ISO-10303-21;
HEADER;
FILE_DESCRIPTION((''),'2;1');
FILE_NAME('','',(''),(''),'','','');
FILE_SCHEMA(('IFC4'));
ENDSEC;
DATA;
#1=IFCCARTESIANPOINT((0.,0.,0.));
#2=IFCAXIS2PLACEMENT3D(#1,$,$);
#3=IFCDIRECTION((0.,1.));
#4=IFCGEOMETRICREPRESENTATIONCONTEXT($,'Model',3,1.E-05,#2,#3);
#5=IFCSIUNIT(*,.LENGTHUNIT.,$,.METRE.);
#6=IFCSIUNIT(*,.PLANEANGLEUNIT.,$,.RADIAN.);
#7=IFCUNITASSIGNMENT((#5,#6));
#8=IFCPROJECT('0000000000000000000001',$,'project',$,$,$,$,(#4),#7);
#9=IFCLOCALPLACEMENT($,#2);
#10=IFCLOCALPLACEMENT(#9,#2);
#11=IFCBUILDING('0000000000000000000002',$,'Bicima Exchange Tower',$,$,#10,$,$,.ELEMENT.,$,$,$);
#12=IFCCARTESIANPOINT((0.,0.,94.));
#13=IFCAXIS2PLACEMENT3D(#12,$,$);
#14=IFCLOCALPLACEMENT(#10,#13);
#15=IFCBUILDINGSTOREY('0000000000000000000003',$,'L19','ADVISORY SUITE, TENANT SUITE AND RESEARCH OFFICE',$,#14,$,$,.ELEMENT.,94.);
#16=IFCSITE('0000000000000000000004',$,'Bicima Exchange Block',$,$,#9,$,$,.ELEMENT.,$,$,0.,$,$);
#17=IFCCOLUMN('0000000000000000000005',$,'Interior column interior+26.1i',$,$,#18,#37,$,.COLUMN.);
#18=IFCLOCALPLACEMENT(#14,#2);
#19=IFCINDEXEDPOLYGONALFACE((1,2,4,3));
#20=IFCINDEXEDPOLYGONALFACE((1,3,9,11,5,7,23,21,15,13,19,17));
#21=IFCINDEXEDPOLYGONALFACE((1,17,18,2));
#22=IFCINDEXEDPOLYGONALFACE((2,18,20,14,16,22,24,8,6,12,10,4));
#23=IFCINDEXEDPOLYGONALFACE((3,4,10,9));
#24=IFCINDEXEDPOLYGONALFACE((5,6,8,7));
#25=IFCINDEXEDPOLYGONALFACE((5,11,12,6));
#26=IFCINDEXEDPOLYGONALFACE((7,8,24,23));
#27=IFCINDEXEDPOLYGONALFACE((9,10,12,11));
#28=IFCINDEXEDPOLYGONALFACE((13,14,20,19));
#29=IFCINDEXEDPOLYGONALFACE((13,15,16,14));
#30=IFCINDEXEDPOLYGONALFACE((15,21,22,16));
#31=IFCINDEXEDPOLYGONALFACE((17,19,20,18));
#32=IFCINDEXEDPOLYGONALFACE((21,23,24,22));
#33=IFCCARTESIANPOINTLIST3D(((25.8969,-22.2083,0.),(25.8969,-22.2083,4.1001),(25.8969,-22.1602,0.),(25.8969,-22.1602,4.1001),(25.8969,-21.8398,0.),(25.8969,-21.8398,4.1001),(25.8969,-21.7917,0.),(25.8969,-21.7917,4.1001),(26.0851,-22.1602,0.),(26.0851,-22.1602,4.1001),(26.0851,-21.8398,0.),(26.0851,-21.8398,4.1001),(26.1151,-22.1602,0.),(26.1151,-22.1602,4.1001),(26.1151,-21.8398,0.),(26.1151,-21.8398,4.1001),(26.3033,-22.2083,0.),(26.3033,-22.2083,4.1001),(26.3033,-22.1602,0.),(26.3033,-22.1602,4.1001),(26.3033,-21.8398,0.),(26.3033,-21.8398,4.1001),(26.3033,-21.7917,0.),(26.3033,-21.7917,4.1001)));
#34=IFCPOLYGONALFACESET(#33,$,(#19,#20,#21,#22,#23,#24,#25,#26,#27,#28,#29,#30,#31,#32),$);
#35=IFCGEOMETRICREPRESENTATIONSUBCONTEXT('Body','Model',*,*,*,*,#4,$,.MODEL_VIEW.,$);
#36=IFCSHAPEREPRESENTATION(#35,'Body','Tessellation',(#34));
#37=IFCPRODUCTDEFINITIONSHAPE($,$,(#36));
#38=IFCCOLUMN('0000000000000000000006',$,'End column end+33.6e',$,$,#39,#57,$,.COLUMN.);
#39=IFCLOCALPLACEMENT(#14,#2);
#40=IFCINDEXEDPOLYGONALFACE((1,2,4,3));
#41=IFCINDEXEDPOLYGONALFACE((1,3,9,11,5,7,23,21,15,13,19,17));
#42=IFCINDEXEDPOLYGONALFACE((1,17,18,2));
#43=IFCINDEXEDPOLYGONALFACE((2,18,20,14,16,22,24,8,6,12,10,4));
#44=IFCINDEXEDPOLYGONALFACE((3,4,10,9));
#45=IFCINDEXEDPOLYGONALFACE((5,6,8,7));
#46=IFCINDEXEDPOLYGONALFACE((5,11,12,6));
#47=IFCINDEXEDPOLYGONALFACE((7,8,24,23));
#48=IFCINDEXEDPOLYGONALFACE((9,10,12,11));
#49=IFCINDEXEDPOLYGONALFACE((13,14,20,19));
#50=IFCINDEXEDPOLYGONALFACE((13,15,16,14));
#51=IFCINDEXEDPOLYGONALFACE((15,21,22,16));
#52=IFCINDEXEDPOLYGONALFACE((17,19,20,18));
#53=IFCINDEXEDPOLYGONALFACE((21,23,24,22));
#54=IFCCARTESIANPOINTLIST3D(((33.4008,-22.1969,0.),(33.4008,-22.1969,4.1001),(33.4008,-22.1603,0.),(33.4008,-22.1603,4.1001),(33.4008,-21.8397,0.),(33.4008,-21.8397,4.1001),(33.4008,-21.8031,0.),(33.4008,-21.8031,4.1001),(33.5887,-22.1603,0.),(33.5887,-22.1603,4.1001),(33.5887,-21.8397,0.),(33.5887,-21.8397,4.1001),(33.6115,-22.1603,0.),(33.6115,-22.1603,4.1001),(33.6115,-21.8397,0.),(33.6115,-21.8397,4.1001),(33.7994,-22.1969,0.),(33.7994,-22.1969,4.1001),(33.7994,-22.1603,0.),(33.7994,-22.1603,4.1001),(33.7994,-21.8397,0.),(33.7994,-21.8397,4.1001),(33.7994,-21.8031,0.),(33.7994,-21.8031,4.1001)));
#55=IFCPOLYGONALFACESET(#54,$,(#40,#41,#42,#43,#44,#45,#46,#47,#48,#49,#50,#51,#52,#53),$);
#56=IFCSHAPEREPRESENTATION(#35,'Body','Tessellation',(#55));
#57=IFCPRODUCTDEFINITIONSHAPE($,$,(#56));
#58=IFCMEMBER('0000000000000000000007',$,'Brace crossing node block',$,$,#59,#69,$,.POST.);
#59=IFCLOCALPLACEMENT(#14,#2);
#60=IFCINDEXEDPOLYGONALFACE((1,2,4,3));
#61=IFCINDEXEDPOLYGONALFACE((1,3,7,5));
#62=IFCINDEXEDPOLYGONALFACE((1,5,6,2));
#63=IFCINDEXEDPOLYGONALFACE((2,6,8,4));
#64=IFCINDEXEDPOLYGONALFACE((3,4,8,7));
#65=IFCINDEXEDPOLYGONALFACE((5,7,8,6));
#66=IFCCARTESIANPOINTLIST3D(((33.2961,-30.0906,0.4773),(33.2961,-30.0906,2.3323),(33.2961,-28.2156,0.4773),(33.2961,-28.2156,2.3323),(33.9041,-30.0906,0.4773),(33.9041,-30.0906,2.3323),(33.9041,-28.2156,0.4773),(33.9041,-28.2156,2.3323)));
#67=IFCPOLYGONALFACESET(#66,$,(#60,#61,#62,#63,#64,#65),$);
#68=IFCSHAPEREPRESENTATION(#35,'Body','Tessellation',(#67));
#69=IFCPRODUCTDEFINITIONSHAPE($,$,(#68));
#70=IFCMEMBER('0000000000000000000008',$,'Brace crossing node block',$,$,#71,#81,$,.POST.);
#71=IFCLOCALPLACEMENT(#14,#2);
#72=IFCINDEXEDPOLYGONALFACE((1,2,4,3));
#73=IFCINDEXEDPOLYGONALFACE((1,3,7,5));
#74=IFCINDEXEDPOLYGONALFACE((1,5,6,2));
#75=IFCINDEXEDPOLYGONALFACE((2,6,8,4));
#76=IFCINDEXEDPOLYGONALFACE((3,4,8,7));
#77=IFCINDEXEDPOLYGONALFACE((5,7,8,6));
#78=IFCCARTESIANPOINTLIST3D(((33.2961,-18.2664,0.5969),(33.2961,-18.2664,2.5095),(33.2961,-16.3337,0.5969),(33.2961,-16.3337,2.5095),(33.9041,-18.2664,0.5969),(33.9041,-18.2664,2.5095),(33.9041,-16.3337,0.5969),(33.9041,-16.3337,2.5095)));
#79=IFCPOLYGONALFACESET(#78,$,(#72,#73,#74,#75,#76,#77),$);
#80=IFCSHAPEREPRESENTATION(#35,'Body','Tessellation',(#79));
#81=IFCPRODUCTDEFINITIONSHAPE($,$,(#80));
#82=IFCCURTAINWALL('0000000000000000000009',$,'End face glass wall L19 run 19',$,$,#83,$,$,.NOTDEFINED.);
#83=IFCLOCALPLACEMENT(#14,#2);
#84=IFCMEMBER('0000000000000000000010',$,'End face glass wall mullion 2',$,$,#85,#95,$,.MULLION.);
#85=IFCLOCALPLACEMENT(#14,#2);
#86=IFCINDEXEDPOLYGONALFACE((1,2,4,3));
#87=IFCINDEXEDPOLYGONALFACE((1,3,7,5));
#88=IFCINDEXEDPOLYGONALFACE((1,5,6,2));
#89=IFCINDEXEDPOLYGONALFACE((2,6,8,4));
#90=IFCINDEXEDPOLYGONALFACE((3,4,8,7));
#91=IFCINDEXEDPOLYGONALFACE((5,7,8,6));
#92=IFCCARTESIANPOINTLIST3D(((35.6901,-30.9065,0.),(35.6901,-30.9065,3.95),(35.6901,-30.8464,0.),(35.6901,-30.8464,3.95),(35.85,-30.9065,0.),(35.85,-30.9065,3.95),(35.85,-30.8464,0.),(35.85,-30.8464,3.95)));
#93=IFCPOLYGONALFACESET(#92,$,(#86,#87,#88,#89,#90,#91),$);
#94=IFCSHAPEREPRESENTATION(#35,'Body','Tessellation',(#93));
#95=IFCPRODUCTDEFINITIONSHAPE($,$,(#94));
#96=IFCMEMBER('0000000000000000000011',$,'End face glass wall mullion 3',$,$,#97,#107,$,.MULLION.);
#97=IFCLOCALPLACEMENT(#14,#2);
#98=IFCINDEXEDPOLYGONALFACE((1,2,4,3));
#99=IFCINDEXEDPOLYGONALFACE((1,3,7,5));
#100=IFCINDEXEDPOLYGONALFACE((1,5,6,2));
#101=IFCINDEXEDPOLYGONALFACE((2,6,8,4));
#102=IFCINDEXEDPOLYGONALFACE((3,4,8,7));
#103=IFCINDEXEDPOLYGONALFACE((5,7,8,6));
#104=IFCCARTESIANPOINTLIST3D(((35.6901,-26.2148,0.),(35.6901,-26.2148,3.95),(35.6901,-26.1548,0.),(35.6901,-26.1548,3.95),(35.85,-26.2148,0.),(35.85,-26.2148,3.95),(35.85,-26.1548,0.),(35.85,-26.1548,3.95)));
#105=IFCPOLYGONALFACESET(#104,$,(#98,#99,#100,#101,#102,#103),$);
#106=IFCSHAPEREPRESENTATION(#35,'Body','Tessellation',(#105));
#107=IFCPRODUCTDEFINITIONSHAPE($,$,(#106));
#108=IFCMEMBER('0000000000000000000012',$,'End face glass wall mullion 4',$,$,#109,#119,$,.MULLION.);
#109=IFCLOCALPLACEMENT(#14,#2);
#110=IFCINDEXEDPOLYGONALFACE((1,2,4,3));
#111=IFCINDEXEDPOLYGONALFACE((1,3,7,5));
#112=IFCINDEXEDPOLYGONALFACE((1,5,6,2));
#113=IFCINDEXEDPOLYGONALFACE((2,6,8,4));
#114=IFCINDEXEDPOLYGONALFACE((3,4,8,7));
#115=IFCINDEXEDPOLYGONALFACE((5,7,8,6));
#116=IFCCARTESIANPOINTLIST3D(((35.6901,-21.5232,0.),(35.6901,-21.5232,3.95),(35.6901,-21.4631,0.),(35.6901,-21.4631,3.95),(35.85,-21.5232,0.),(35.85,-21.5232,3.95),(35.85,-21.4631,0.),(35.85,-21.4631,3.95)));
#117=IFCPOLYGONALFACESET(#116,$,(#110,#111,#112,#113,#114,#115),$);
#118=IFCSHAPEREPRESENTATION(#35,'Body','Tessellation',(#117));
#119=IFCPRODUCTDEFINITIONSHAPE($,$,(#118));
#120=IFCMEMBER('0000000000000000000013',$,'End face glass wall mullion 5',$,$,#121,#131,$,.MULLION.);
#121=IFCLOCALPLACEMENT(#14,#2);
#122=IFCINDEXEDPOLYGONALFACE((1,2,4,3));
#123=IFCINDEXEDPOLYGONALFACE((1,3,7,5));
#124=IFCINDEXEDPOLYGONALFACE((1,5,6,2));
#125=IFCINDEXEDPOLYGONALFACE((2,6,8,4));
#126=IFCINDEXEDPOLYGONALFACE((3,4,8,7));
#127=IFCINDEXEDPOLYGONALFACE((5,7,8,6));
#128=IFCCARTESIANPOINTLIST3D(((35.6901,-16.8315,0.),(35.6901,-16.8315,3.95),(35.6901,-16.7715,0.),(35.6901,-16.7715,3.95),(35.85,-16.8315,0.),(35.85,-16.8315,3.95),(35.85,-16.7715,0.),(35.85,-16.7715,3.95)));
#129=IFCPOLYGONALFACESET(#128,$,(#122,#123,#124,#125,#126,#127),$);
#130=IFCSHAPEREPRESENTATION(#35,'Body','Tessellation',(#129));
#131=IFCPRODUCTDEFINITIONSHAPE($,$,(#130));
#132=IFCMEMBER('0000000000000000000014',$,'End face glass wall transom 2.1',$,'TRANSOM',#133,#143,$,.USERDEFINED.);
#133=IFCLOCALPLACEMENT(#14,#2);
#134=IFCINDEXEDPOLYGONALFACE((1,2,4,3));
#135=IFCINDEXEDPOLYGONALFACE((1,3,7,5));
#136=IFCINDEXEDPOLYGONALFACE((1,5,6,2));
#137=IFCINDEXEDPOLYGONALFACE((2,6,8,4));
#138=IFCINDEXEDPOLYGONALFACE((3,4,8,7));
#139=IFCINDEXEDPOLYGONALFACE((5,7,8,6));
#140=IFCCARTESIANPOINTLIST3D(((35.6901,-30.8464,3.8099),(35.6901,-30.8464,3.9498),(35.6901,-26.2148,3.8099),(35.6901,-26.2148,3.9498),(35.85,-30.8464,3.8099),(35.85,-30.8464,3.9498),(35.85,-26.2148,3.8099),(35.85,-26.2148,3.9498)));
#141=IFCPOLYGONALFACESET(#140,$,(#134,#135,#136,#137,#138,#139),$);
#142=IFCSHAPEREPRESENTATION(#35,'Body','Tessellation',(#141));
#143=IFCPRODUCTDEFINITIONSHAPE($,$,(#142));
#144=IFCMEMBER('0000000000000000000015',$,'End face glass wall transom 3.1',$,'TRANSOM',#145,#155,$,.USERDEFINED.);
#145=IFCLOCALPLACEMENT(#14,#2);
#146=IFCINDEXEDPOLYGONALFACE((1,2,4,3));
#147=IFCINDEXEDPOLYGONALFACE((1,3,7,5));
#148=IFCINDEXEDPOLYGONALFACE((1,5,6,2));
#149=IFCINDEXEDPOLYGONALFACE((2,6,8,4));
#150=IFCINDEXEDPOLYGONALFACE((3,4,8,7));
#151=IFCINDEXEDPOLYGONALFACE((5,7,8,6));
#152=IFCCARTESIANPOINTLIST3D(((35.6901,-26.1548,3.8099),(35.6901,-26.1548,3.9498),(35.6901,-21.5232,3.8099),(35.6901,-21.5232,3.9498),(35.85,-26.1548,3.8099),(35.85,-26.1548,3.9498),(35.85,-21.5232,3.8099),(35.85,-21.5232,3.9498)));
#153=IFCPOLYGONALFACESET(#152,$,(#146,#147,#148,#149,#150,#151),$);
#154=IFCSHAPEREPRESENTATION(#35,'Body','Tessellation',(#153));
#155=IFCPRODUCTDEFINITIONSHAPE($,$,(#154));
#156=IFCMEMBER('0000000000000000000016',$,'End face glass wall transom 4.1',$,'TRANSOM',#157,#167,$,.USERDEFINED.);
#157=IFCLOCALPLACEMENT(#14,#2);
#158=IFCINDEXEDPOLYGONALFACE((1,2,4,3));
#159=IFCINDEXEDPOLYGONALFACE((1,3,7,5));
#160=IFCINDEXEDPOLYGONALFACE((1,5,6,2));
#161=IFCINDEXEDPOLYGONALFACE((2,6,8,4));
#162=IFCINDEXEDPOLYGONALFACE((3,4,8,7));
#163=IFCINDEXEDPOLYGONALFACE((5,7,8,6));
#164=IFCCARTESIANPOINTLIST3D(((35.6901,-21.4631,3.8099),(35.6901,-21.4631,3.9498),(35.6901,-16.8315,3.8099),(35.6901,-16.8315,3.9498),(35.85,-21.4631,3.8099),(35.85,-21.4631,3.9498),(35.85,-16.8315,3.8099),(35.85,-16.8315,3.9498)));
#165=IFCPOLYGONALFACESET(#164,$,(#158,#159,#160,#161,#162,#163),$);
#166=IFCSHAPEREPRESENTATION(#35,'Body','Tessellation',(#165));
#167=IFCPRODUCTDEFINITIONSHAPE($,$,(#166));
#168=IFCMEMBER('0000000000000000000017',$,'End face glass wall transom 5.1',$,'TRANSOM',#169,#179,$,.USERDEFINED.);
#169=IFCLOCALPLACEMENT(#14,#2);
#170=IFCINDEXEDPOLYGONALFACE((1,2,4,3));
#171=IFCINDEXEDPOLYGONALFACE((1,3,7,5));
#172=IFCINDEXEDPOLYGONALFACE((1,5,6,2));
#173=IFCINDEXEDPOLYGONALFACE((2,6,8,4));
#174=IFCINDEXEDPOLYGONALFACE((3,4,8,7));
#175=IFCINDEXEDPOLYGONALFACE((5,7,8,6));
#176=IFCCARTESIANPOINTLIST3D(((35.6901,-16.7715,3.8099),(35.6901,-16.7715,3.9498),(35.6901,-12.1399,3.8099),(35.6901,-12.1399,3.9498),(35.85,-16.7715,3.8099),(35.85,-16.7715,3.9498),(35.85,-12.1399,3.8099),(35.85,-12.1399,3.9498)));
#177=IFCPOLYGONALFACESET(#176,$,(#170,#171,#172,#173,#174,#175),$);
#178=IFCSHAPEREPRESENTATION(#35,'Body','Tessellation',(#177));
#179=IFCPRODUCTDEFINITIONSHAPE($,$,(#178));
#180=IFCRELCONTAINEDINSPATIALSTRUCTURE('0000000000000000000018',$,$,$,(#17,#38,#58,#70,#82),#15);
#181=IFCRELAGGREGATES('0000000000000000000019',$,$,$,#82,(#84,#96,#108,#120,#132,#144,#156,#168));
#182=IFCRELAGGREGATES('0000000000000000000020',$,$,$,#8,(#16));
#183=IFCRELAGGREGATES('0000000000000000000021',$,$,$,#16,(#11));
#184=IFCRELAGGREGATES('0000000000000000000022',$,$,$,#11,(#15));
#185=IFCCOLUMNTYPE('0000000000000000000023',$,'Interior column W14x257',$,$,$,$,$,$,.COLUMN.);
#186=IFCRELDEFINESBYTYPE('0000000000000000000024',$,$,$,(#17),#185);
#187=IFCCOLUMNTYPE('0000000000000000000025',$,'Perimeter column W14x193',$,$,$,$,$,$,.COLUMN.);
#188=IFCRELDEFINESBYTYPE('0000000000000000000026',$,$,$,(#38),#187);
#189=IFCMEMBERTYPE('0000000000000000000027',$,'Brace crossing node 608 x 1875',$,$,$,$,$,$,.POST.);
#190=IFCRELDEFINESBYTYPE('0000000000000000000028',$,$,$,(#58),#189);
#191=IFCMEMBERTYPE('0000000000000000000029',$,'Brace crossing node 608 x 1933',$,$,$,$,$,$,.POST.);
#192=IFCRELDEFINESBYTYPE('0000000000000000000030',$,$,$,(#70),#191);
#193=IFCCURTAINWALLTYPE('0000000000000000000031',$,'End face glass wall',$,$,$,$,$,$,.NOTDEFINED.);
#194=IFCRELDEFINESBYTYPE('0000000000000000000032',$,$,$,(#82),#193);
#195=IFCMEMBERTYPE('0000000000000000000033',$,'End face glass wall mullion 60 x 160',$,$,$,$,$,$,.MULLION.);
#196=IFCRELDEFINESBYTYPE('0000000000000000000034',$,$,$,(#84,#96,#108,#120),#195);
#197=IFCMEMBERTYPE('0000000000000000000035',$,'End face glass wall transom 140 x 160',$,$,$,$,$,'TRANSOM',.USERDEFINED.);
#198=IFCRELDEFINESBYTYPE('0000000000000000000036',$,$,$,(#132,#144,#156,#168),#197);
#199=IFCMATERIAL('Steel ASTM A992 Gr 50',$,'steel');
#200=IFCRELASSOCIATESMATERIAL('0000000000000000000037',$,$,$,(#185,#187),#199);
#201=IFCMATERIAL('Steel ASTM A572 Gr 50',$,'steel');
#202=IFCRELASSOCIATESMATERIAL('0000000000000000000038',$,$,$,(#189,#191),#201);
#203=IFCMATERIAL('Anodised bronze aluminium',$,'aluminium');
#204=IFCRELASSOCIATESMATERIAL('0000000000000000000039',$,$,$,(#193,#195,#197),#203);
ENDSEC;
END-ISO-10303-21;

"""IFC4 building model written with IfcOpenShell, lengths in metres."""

from ifc_helpers import new_model, si_unit, direction, frame, origin, origin_2d, place, context, subcontext, project, spatial, rectangle, i_section, extrude, material, material_profile, profile_set, type_object, element, aggregate, save


model = new_model("IFC4")

# Units and contexts
model_context = context("Model", 3, precision=1e-05, world=origin(), true_north=direction((0.0, 1.0)))
body_context = subcontext(model_context, "Body", "Model", "MODEL_VIEW")
ifc_project = project(units=[si_unit("LENGTHUNIT", "METRE"), si_unit("PLANEANGLEUNIT", "RADIAN")], contexts=[model_context])

# Site, building, storey
site_placement = place(None, origin())
site = spatial("IfcSite", under=ifc_project, at=site_placement, Name="Bicima Exchange Block", CompositionType="ELEMENT", RefElevation=0.0)
building_placement = place(site_placement, origin())
building = spatial("IfcBuilding", under=site, at=building_placement, Name="Bicima Exchange Tower", CompositionType="ELEMENT")
storey_placement = place(building_placement, frame((0.0, 0.0, 94.0)))
storey = spatial("IfcBuildingStorey", under=building, at=storey_placement, Name="L19", Description="ADVISORY SUITE, TENANT SUITE AND RESEARCH OFFICE", CompositionType="ELEMENT", Elevation=94.0)

# Columns
ifc_material_1 = material(Name="Steel ASTM A992 Gr 50", Category="steel")
ifc_material_profile_1 = material_profile(ifc_material_1, i_section(OverallWidth=0.4065, OverallDepth=0.4165, WebThickness=0.03, FlangeThickness=0.0481, at=origin_2d()))
ifc_profile_set_1 = profile_set([ifc_material_profile_1], Name="Steel ASTM A992 Gr 50")
column_type_1 = type_object("IfcColumnType", Name="Interior column W14x257", PredefinedType="COLUMN", material=ifc_profile_set_1)
column_1_placement = place(storey_placement, frame((26.1001, -22.0, 0.0), z_axis=(0.0, 0.0, 1.0), x_axis=(1.0, 0.0, 0.0)))
element("IfcColumn", 1, at=column_1_placement, inside=storey, type_object=column_type_1, Name="Interior column interior+26.1i", PredefinedType="COLUMN", context=body_context, shape_type="SweptSolid", body=[
    extrude(i_section(OverallWidth=0.4065, OverallDepth=0.4165, WebThickness=0.03, FlangeThickness=0.0481, at=origin_2d()), origin(), (0.0, 0.0, 1.0), 4.1001),
])
ifc_material_profile_2 = material_profile(ifc_material_1, i_section(OverallWidth=0.3987, OverallDepth=0.3938, WebThickness=0.0227, FlangeThickness=0.0366, at=origin_2d()))
ifc_profile_set_2 = profile_set([ifc_material_profile_2], Name="Steel ASTM A992 Gr 50")
column_type_2 = type_object("IfcColumnType", Name="Perimeter column W14x193", PredefinedType="COLUMN", material=ifc_profile_set_2)
column_2_placement = place(storey_placement, frame((33.6001, -22.0, 0.0), z_axis=(0.0, 0.0, 1.0), x_axis=(1.0, 0.0, 0.0)))
element("IfcColumn", 2, at=column_2_placement, inside=storey, type_object=column_type_2, Name="End column end+33.6e", PredefinedType="COLUMN", context=body_context, shape_type="SweptSolid", body=[
    extrude(i_section(OverallWidth=0.3987, OverallDepth=0.3938, WebThickness=0.0227, FlangeThickness=0.0366, at=origin_2d()), origin(), (0.0, 0.0, 1.0), 4.1001),
])

# Members
ifc_material_2 = material(Name="Steel ASTM A572 Gr 50", Category="steel")
ifc_material_profile_3 = material_profile(ifc_material_2, rectangle(XDim=0.6079, YDim=1.875, at=origin_2d()))
ifc_profile_set_3 = profile_set([ifc_material_profile_3], Name="Steel ASTM A572 Gr 50")
member_type_1 = type_object("IfcMemberType", Name="Brace crossing node 608 x 1875", PredefinedType="POST", material=ifc_profile_set_3)
member_1_placement = place(storey_placement, frame((33.6001, -29.1531, 0.4773), z_axis=(0.0, 0.0, 1.0), x_axis=(1.0, 0.0, 0.0)))
element("IfcMember", 3, at=member_1_placement, inside=storey, type_object=member_type_1, Name="Brace crossing node block", PredefinedType="POST", context=body_context, shape_type="SweptSolid", body=[
    extrude(rectangle(XDim=0.6079, YDim=1.875, at=origin_2d()), origin(), (0.0, 0.0, 1.0), 1.855),
])
ifc_material_profile_4 = material_profile(ifc_material_2, rectangle(XDim=0.6079, YDim=1.9326, at=origin_2d()))
ifc_profile_set_4 = profile_set([ifc_material_profile_4], Name="Steel ASTM A572 Gr 50")
member_type_2 = type_object("IfcMemberType", Name="Brace crossing node 608 x 1933", PredefinedType="POST", material=ifc_profile_set_4)
member_2_placement = place(storey_placement, frame((33.6001, -17.3, 0.5969), z_axis=(0.0, 0.0, 1.0), x_axis=(1.0, 0.0, 0.0)))
element("IfcMember", 4, at=member_2_placement, inside=storey, type_object=member_type_2, Name="Brace crossing node block", PredefinedType="POST", context=body_context, shape_type="SweptSolid", body=[
    extrude(rectangle(XDim=0.6079, YDim=1.9326, at=origin_2d()), origin(), (0.0, 0.0, 1.0), 1.9126),
])

# Curtain wall, members
ifc_material_3 = material(Name="Anodised bronze aluminium", Category="aluminium")
curtain_wall_type = type_object("IfcCurtainWallType", Name="End face glass wall", PredefinedType="NOTDEFINED", material=ifc_material_3)
curtain_wall_placement = place(storey_placement, origin())
curtain_wall = element("IfcCurtainWall", 5, at=curtain_wall_placement, inside=storey, type_object=curtain_wall_type, Name="End face glass wall L19 run 19", PredefinedType="NOTDEFINED")
ifc_material_profile_5 = material_profile(ifc_material_3, rectangle(XDim=0.1599, YDim=0.0601, at=origin_2d()))
ifc_profile_set_5 = profile_set([ifc_material_profile_5], Name="Anodised bronze aluminium")
member_type_3 = type_object("IfcMemberType", Name="End face glass wall mullion 60 x 160", PredefinedType="MULLION", material=ifc_profile_set_5)
member_3_placement = place(storey_placement, frame((35.77, -30.8765, 0.0), z_axis=(0.0, 0.0, 1.0), x_axis=(-1.0, 0.0, 0.0)))
member_3 = element("IfcMember", 6, at=member_3_placement, type_object=member_type_3, Name="End face glass wall mullion 2", PredefinedType="MULLION", context=body_context, shape_type="SweptSolid", body=[
    extrude(rectangle(XDim=0.1599, YDim=0.0601, at=origin_2d()), origin(), (0.0, 0.0, 1.0), 3.95),
])
member_4_placement = place(storey_placement, frame((35.77, -26.1848, 0.0), z_axis=(0.0, 0.0, 1.0), x_axis=(-1.0, 0.0, 0.0)))
member_4 = element("IfcMember", 7, at=member_4_placement, type_object=member_type_3, Name="End face glass wall mullion 3", PredefinedType="MULLION", context=body_context, shape_type="SweptSolid", body=[
    extrude(rectangle(XDim=0.1599, YDim=0.0601, at=origin_2d()), origin(), (0.0, 0.0, 1.0), 3.95),
])
member_5_placement = place(storey_placement, frame((35.77, -21.4932, 0.0), z_axis=(0.0, 0.0, 1.0), x_axis=(-1.0, 0.0, 0.0)))
member_5 = element("IfcMember", 8, at=member_5_placement, type_object=member_type_3, Name="End face glass wall mullion 4", PredefinedType="MULLION", context=body_context, shape_type="SweptSolid", body=[
    extrude(rectangle(XDim=0.1599, YDim=0.0601, at=origin_2d()), origin(), (0.0, 0.0, 1.0), 3.95),
])
member_6_placement = place(storey_placement, frame((35.77, -16.8015, 0.0), z_axis=(0.0, 0.0, 1.0), x_axis=(-1.0, 0.0, 0.0)))
member_6 = element("IfcMember", 9, at=member_6_placement, type_object=member_type_3, Name="End face glass wall mullion 5", PredefinedType="MULLION", context=body_context, shape_type="SweptSolid", body=[
    extrude(rectangle(XDim=0.1599, YDim=0.0601, at=origin_2d()), origin(), (0.0, 0.0, 1.0), 3.95),
])
ifc_material_profile_6 = material_profile(ifc_material_3, rectangle(XDim=0.1599, YDim=0.1399, at=origin_2d()))
ifc_profile_set_6 = profile_set([ifc_material_profile_6], Name="Anodised bronze aluminium")
member_type_4 = type_object("IfcMemberType", Name="End face glass wall transom 140 x 160", ElementType="TRANSOM", PredefinedType="USERDEFINED", material=ifc_profile_set_6)
member_7_placement = place(storey_placement, frame((35.77, -30.8464, 3.8799), z_axis=(0.0, 1.0, 0.0), x_axis=(-1.0, 0.0, 0.0)))
member_7 = element("IfcMember", 10, at=member_7_placement, type_object=member_type_4, Name="End face glass wall transom 2.1", ObjectType="TRANSOM", PredefinedType="USERDEFINED", context=body_context, shape_type="SweptSolid", body=[
    extrude(rectangle(XDim=0.1599, YDim=0.1399, at=origin_2d()), origin(), (0.0, 0.0, 1.0), 4.6316),
])
member_8_placement = place(storey_placement, frame((35.77, -26.1548, 3.8799), z_axis=(0.0, 1.0, 0.0), x_axis=(-1.0, 0.0, 0.0)))
member_8 = element("IfcMember", 11, at=member_8_placement, type_object=member_type_4, Name="End face glass wall transom 3.1", ObjectType="TRANSOM", PredefinedType="USERDEFINED", context=body_context, shape_type="SweptSolid", body=[
    extrude(rectangle(XDim=0.1599, YDim=0.1399, at=origin_2d()), origin(), (0.0, 0.0, 1.0), 4.6316),
])
member_9_placement = place(storey_placement, frame((35.77, -21.4631, 3.8799), z_axis=(0.0, 1.0, 0.0), x_axis=(-1.0, 0.0, 0.0)))
member_9 = element("IfcMember", 12, at=member_9_placement, type_object=member_type_4, Name="End face glass wall transom 4.1", ObjectType="TRANSOM", PredefinedType="USERDEFINED", context=body_context, shape_type="SweptSolid", body=[
    extrude(rectangle(XDim=0.1599, YDim=0.1399, at=origin_2d()), origin(), (0.0, 0.0, 1.0), 4.6316),
])
member_10_placement = place(storey_placement, frame((35.77, -16.7715, 3.8799), z_axis=(0.0, 1.0, 0.0), x_axis=(-1.0, 0.0, 0.0)))
member_10 = element("IfcMember", 13, at=member_10_placement, type_object=member_type_4, Name="End face glass wall transom 5.1", ObjectType="TRANSOM", PredefinedType="USERDEFINED", context=body_context, shape_type="SweptSolid", body=[
    extrude(rectangle(XDim=0.1599, YDim=0.1399, at=origin_2d()), origin(), (0.0, 0.0, 1.0), 4.6316),
])

aggregate(curtain_wall, [member_3, member_4, member_5, member_6, member_7, member_8, member_9, member_10])

save(model, "model.ifc")
